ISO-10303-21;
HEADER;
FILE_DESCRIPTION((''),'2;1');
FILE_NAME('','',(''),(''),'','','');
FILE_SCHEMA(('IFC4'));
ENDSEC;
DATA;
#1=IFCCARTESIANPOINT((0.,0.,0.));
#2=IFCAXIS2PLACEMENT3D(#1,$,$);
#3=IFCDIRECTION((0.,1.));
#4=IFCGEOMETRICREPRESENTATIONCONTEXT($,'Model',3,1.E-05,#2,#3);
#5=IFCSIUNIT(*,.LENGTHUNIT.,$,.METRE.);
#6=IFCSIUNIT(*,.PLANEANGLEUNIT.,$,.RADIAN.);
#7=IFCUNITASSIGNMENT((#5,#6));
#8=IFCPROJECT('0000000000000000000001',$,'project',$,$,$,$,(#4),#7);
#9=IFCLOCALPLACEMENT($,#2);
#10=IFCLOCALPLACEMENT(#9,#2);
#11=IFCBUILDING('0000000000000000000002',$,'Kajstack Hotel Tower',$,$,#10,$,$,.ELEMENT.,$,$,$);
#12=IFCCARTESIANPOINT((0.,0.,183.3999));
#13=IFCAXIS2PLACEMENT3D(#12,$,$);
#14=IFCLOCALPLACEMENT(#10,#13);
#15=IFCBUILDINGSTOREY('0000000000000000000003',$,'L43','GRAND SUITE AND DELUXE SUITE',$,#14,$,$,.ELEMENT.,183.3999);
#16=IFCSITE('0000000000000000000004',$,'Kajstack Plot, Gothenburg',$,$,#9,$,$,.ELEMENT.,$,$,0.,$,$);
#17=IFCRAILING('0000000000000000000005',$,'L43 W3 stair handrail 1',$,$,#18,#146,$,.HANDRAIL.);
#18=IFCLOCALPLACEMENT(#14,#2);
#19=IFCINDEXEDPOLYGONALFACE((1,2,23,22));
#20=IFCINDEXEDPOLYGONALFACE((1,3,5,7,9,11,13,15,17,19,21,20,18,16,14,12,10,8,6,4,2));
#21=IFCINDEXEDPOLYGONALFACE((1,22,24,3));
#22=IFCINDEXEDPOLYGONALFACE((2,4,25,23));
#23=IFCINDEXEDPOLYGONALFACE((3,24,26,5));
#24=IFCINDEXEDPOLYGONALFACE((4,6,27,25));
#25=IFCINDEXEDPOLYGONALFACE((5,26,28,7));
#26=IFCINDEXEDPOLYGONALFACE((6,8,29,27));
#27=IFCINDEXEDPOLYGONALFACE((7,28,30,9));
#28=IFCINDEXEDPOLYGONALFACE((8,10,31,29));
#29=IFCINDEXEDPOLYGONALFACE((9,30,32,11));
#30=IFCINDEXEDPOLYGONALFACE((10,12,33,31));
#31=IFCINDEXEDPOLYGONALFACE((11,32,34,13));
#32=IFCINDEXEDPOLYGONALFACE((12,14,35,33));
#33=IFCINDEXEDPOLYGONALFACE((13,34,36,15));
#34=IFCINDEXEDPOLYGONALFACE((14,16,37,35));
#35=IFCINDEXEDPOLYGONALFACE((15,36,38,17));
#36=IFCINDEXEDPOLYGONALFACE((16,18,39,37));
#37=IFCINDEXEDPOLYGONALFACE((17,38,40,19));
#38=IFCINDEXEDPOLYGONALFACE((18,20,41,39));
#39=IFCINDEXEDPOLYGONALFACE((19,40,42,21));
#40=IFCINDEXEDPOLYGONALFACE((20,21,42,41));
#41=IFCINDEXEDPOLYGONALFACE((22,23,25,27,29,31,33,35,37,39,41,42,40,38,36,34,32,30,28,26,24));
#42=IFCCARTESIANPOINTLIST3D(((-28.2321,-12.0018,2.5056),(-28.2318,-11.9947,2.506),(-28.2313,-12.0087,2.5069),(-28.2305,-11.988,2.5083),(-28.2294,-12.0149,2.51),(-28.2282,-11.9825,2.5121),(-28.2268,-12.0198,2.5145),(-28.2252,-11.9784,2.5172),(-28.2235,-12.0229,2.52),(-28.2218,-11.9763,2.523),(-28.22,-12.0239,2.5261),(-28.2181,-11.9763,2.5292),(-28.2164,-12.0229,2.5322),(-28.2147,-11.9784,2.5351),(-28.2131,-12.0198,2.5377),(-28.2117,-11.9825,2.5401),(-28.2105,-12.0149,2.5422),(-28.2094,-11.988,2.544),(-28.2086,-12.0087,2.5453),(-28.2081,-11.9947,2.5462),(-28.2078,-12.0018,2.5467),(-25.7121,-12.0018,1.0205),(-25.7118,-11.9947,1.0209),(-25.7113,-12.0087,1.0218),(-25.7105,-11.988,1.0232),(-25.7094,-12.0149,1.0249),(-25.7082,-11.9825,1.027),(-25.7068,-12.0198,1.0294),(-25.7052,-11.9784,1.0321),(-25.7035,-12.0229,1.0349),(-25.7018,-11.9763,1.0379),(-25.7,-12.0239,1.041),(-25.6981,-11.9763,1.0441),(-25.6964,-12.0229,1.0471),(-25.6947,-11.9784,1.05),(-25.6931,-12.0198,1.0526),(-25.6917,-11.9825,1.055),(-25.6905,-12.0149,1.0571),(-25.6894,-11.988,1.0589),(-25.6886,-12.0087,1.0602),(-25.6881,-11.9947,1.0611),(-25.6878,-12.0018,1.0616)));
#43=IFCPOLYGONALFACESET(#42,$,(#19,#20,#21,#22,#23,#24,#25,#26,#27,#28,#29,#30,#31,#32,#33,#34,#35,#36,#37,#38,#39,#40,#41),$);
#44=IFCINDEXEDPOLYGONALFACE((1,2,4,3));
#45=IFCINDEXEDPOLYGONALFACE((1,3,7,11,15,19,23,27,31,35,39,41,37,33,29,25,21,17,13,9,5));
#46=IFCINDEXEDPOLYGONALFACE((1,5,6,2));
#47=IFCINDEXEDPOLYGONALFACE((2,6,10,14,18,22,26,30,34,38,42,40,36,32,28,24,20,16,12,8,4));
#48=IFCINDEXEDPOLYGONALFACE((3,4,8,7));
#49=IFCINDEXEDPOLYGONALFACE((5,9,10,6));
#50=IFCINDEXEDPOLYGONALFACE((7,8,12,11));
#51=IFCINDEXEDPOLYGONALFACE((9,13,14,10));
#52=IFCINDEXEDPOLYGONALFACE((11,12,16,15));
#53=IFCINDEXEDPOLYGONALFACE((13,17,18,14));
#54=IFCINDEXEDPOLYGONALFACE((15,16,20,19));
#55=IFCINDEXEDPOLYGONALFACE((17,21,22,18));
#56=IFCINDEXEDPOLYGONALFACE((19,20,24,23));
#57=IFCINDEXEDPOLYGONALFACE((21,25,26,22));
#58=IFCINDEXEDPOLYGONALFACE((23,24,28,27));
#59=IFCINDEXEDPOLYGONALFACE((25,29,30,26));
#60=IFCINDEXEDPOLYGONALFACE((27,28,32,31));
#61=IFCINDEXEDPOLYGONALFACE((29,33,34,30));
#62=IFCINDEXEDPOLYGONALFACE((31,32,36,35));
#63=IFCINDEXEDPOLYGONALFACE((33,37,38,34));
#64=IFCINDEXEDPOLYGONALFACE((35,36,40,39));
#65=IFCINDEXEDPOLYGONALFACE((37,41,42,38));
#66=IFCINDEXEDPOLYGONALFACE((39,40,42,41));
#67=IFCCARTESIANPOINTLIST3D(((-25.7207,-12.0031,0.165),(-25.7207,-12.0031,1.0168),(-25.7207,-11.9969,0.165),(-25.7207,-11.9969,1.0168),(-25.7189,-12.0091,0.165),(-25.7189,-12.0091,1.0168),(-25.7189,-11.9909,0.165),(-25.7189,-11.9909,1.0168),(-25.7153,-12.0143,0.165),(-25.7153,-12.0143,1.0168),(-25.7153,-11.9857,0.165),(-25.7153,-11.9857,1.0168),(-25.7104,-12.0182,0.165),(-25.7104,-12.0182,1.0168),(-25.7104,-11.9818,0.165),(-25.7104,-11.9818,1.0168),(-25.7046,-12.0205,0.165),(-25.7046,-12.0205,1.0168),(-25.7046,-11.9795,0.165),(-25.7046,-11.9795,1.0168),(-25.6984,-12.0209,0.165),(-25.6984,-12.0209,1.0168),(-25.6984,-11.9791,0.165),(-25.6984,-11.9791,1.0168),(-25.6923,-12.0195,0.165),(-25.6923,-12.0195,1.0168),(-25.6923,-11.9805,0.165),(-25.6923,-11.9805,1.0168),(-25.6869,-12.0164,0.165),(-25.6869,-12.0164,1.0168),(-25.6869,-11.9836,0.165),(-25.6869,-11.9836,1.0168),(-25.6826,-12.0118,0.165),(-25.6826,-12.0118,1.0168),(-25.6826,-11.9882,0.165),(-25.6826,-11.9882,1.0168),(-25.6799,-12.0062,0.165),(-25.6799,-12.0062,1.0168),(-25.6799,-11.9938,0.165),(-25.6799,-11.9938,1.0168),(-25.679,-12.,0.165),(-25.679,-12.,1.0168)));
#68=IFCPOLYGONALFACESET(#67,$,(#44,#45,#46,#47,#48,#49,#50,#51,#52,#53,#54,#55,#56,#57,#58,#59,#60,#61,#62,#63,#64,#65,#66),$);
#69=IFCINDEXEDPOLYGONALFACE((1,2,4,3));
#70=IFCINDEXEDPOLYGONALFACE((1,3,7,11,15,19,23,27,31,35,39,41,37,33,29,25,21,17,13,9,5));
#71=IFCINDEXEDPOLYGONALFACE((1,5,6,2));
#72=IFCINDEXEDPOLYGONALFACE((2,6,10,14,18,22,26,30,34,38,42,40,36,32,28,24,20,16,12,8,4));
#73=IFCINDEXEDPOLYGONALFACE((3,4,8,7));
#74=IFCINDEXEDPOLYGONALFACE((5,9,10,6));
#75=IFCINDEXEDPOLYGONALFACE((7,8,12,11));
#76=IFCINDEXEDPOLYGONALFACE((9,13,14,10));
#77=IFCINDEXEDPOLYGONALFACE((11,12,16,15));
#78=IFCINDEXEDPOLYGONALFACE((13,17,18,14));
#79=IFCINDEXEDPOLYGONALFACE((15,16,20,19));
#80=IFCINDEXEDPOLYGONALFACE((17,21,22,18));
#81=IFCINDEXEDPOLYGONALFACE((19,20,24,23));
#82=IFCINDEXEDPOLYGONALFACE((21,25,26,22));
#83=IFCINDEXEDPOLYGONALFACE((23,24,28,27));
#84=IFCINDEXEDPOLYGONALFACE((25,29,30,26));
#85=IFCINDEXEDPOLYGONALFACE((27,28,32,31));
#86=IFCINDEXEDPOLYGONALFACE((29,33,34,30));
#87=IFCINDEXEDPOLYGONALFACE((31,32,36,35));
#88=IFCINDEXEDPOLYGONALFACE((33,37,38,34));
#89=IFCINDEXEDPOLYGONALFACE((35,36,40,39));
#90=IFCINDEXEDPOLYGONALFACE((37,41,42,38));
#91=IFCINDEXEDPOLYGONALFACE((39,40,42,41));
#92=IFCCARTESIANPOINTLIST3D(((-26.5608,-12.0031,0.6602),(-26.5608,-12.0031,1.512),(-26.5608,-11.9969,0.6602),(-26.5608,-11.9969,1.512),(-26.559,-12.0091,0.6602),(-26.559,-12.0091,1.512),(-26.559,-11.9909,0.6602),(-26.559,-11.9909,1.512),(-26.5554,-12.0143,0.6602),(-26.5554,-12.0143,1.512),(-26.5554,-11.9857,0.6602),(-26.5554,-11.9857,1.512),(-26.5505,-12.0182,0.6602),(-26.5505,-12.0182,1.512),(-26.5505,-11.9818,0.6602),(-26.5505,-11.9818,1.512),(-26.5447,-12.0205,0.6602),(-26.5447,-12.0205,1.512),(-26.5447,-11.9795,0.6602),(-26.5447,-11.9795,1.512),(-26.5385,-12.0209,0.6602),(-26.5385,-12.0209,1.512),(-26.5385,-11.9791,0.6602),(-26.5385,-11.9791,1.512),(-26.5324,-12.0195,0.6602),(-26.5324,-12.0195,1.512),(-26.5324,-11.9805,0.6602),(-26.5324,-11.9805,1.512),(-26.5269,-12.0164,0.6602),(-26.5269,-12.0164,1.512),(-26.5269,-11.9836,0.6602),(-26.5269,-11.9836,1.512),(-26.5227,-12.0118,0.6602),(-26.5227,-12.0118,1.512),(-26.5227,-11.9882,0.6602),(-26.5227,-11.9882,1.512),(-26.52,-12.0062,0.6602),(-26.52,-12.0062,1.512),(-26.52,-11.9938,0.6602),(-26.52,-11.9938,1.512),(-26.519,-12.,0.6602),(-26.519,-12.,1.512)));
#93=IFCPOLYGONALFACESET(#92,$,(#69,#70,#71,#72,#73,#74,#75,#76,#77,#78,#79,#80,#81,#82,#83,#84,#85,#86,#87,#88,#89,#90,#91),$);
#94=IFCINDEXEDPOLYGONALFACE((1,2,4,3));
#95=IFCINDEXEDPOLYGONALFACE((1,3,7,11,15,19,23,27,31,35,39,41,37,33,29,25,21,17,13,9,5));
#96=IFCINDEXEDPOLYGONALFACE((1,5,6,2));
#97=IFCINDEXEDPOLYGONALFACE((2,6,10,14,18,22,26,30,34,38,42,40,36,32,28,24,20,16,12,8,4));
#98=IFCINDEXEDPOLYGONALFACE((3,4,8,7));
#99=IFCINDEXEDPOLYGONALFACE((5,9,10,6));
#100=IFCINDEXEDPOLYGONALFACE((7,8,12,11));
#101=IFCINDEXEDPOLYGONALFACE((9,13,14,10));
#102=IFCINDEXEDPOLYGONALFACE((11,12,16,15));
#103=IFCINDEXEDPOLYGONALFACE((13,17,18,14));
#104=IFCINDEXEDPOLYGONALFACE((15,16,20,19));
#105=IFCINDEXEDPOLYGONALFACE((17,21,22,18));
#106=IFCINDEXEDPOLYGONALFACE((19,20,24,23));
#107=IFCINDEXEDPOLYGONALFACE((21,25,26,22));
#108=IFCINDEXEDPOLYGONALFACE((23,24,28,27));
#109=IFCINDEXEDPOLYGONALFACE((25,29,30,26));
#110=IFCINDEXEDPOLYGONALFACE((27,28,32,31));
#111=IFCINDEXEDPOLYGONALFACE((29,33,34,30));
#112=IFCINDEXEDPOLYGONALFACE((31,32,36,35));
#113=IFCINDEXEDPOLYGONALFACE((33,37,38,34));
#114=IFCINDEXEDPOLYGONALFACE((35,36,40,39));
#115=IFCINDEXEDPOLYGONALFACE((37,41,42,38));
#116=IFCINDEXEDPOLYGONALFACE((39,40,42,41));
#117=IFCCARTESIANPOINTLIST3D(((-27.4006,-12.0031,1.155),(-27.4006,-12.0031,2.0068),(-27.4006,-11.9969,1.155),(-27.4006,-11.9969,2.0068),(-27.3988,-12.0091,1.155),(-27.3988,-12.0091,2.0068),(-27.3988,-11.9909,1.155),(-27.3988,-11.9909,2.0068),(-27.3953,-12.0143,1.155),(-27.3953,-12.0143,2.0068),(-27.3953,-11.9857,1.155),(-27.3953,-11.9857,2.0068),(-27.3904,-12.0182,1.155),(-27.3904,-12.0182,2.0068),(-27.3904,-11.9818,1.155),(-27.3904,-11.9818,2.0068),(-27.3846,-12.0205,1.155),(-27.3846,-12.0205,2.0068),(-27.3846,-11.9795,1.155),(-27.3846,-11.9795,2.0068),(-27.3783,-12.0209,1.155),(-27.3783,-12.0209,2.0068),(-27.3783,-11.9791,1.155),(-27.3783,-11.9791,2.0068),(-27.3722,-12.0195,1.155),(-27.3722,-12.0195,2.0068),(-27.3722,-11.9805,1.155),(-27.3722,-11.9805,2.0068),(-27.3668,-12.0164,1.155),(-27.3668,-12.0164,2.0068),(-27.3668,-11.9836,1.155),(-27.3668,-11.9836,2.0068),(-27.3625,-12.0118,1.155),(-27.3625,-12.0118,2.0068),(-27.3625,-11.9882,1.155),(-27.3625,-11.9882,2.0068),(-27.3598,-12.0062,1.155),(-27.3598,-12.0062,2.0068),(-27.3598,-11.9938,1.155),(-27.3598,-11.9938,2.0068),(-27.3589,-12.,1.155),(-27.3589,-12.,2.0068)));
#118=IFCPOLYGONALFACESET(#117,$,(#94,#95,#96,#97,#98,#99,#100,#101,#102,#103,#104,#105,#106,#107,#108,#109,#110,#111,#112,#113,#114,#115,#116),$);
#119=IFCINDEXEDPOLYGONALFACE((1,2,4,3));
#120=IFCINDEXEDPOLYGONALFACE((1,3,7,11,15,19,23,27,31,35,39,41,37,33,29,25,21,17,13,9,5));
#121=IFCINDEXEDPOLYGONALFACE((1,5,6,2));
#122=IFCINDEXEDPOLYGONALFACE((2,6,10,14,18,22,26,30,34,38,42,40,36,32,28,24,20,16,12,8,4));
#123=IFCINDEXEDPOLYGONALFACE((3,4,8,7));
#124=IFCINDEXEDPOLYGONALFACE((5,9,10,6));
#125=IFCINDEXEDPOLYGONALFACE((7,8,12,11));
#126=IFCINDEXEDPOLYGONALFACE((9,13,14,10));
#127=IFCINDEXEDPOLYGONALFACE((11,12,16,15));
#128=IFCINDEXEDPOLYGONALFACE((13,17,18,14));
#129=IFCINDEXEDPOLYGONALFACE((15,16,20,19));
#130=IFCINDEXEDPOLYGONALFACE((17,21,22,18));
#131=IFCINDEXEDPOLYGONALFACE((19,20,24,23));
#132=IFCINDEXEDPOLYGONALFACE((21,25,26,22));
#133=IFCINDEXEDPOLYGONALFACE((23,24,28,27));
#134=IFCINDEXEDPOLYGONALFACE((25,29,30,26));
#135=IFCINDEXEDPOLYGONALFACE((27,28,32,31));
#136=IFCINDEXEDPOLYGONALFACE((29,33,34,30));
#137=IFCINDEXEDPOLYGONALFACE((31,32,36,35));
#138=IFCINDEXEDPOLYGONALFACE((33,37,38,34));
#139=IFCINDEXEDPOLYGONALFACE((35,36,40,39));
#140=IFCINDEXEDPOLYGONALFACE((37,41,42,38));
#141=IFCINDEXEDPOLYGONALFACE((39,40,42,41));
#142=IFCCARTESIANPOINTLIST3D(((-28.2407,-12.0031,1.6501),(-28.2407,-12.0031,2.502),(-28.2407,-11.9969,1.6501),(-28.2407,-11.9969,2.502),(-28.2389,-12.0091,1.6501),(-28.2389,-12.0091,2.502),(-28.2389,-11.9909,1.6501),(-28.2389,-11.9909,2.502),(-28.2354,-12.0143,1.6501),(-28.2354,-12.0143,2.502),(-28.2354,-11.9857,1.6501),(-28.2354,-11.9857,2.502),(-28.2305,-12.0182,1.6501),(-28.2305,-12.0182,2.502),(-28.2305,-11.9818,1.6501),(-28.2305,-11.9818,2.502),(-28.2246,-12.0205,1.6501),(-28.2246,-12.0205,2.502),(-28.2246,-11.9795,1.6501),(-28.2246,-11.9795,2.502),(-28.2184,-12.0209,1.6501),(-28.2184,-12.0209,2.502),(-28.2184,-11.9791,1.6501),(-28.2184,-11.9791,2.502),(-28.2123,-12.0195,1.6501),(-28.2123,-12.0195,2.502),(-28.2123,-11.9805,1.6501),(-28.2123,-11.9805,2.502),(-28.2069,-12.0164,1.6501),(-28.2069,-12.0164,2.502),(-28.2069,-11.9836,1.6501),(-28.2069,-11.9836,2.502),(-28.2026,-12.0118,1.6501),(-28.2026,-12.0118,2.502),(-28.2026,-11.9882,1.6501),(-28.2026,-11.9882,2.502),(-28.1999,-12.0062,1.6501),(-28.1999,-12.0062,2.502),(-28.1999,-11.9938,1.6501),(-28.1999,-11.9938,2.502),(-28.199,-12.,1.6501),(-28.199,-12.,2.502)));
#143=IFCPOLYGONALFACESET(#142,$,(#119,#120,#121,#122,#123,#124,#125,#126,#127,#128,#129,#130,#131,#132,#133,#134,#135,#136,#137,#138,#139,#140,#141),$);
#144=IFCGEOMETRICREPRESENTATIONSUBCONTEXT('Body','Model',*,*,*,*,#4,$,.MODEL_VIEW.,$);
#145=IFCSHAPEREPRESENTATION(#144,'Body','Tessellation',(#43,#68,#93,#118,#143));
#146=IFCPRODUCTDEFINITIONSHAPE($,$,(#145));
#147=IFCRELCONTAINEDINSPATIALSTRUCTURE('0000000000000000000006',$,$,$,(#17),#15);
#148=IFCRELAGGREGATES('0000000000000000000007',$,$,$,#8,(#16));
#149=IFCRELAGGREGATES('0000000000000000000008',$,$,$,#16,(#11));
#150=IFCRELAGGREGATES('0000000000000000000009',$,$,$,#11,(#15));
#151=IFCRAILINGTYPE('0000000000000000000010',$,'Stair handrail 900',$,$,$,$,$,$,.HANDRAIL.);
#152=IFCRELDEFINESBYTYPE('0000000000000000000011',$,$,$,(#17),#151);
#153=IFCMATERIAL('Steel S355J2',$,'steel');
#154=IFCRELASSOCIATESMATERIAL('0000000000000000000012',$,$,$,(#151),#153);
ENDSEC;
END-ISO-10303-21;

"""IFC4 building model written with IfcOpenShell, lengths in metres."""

from ifc_helpers import new_model, si_unit, direction, frame, origin, origin_2d, place, context, subcontext, project, spatial, circle, extrude, material, type_object, element, save


model = new_model("IFC4")

# Units and contexts
model_context = context("Model", 3, precision=1e-05, world=origin(), true_north=direction((0.0, 1.0)))
body_context = subcontext(model_context, "Body", "Model", "MODEL_VIEW")
ifc_project = project(units=[si_unit("LENGTHUNIT", "METRE"), si_unit("PLANEANGLEUNIT", "RADIAN")], contexts=[model_context])

# Site, building, storey
site_placement = place(None, origin())
site = spatial("IfcSite", under=ifc_project, at=site_placement, Name="Kajstack Plot, Gothenburg", CompositionType="ELEMENT", RefElevation=0.0)
building_placement = place(site_placement, origin())
building = spatial("IfcBuilding", under=site, at=building_placement, Name="Kajstack Hotel Tower", CompositionType="ELEMENT")
storey_placement = place(building_placement, frame((0.0, 0.0, 183.3999)))
storey = spatial("IfcBuildingStorey", under=building, at=storey_placement, Name="L43", Description="GRAND SUITE AND DELUXE SUITE", CompositionType="ELEMENT", Elevation=183.3999)

# Railing
ifc_material_1 = material(Name="Steel S355J2", Category="steel")
railing_type_1 = type_object("IfcRailingType", Name="Stair handrail 900", PredefinedType="HANDRAIL", material=ifc_material_1)
railing_1_placement = place(storey_placement, frame((-25.7, -12.0, 0.165)))
element("IfcRailing", 1, at=railing_1_placement, inside=storey, type_object=railing_type_1, Name="L43 W3 stair handrail 1", PredefinedType="HANDRAIL", context=body_context, shape_type="SweptSolid", body=[
    extrude(circle(Radius=0.0239, at=origin_2d()), frame((0.0, 0.0, 0.876), z_axis=(-0.861524, 0.0, 0.507717), x_axis=(0.0, -1.0, 0.0)), (0.0, 0.0, 1.0), 2.925),
    extrude(circle(Radius=0.021, at=origin_2d()), origin(), (0.0, 0.0, 1.0), 0.8518),
    extrude(circle(Radius=0.021, at=origin_2d()), frame((-0.8401, 0.0, 0.4951)), (0.0, 0.0, 1.0), 0.8518),
    extrude(circle(Radius=0.021, at=origin_2d()), frame((-1.6799, 0.0, 0.99)), (0.0, 0.0, 1.0), 0.8518),
    extrude(circle(Radius=0.021, at=origin_2d()), frame((-2.52, 0.0, 1.4851)), (0.0, 0.0, 1.0), 0.8518),
])

save(model, "model.ifc")
